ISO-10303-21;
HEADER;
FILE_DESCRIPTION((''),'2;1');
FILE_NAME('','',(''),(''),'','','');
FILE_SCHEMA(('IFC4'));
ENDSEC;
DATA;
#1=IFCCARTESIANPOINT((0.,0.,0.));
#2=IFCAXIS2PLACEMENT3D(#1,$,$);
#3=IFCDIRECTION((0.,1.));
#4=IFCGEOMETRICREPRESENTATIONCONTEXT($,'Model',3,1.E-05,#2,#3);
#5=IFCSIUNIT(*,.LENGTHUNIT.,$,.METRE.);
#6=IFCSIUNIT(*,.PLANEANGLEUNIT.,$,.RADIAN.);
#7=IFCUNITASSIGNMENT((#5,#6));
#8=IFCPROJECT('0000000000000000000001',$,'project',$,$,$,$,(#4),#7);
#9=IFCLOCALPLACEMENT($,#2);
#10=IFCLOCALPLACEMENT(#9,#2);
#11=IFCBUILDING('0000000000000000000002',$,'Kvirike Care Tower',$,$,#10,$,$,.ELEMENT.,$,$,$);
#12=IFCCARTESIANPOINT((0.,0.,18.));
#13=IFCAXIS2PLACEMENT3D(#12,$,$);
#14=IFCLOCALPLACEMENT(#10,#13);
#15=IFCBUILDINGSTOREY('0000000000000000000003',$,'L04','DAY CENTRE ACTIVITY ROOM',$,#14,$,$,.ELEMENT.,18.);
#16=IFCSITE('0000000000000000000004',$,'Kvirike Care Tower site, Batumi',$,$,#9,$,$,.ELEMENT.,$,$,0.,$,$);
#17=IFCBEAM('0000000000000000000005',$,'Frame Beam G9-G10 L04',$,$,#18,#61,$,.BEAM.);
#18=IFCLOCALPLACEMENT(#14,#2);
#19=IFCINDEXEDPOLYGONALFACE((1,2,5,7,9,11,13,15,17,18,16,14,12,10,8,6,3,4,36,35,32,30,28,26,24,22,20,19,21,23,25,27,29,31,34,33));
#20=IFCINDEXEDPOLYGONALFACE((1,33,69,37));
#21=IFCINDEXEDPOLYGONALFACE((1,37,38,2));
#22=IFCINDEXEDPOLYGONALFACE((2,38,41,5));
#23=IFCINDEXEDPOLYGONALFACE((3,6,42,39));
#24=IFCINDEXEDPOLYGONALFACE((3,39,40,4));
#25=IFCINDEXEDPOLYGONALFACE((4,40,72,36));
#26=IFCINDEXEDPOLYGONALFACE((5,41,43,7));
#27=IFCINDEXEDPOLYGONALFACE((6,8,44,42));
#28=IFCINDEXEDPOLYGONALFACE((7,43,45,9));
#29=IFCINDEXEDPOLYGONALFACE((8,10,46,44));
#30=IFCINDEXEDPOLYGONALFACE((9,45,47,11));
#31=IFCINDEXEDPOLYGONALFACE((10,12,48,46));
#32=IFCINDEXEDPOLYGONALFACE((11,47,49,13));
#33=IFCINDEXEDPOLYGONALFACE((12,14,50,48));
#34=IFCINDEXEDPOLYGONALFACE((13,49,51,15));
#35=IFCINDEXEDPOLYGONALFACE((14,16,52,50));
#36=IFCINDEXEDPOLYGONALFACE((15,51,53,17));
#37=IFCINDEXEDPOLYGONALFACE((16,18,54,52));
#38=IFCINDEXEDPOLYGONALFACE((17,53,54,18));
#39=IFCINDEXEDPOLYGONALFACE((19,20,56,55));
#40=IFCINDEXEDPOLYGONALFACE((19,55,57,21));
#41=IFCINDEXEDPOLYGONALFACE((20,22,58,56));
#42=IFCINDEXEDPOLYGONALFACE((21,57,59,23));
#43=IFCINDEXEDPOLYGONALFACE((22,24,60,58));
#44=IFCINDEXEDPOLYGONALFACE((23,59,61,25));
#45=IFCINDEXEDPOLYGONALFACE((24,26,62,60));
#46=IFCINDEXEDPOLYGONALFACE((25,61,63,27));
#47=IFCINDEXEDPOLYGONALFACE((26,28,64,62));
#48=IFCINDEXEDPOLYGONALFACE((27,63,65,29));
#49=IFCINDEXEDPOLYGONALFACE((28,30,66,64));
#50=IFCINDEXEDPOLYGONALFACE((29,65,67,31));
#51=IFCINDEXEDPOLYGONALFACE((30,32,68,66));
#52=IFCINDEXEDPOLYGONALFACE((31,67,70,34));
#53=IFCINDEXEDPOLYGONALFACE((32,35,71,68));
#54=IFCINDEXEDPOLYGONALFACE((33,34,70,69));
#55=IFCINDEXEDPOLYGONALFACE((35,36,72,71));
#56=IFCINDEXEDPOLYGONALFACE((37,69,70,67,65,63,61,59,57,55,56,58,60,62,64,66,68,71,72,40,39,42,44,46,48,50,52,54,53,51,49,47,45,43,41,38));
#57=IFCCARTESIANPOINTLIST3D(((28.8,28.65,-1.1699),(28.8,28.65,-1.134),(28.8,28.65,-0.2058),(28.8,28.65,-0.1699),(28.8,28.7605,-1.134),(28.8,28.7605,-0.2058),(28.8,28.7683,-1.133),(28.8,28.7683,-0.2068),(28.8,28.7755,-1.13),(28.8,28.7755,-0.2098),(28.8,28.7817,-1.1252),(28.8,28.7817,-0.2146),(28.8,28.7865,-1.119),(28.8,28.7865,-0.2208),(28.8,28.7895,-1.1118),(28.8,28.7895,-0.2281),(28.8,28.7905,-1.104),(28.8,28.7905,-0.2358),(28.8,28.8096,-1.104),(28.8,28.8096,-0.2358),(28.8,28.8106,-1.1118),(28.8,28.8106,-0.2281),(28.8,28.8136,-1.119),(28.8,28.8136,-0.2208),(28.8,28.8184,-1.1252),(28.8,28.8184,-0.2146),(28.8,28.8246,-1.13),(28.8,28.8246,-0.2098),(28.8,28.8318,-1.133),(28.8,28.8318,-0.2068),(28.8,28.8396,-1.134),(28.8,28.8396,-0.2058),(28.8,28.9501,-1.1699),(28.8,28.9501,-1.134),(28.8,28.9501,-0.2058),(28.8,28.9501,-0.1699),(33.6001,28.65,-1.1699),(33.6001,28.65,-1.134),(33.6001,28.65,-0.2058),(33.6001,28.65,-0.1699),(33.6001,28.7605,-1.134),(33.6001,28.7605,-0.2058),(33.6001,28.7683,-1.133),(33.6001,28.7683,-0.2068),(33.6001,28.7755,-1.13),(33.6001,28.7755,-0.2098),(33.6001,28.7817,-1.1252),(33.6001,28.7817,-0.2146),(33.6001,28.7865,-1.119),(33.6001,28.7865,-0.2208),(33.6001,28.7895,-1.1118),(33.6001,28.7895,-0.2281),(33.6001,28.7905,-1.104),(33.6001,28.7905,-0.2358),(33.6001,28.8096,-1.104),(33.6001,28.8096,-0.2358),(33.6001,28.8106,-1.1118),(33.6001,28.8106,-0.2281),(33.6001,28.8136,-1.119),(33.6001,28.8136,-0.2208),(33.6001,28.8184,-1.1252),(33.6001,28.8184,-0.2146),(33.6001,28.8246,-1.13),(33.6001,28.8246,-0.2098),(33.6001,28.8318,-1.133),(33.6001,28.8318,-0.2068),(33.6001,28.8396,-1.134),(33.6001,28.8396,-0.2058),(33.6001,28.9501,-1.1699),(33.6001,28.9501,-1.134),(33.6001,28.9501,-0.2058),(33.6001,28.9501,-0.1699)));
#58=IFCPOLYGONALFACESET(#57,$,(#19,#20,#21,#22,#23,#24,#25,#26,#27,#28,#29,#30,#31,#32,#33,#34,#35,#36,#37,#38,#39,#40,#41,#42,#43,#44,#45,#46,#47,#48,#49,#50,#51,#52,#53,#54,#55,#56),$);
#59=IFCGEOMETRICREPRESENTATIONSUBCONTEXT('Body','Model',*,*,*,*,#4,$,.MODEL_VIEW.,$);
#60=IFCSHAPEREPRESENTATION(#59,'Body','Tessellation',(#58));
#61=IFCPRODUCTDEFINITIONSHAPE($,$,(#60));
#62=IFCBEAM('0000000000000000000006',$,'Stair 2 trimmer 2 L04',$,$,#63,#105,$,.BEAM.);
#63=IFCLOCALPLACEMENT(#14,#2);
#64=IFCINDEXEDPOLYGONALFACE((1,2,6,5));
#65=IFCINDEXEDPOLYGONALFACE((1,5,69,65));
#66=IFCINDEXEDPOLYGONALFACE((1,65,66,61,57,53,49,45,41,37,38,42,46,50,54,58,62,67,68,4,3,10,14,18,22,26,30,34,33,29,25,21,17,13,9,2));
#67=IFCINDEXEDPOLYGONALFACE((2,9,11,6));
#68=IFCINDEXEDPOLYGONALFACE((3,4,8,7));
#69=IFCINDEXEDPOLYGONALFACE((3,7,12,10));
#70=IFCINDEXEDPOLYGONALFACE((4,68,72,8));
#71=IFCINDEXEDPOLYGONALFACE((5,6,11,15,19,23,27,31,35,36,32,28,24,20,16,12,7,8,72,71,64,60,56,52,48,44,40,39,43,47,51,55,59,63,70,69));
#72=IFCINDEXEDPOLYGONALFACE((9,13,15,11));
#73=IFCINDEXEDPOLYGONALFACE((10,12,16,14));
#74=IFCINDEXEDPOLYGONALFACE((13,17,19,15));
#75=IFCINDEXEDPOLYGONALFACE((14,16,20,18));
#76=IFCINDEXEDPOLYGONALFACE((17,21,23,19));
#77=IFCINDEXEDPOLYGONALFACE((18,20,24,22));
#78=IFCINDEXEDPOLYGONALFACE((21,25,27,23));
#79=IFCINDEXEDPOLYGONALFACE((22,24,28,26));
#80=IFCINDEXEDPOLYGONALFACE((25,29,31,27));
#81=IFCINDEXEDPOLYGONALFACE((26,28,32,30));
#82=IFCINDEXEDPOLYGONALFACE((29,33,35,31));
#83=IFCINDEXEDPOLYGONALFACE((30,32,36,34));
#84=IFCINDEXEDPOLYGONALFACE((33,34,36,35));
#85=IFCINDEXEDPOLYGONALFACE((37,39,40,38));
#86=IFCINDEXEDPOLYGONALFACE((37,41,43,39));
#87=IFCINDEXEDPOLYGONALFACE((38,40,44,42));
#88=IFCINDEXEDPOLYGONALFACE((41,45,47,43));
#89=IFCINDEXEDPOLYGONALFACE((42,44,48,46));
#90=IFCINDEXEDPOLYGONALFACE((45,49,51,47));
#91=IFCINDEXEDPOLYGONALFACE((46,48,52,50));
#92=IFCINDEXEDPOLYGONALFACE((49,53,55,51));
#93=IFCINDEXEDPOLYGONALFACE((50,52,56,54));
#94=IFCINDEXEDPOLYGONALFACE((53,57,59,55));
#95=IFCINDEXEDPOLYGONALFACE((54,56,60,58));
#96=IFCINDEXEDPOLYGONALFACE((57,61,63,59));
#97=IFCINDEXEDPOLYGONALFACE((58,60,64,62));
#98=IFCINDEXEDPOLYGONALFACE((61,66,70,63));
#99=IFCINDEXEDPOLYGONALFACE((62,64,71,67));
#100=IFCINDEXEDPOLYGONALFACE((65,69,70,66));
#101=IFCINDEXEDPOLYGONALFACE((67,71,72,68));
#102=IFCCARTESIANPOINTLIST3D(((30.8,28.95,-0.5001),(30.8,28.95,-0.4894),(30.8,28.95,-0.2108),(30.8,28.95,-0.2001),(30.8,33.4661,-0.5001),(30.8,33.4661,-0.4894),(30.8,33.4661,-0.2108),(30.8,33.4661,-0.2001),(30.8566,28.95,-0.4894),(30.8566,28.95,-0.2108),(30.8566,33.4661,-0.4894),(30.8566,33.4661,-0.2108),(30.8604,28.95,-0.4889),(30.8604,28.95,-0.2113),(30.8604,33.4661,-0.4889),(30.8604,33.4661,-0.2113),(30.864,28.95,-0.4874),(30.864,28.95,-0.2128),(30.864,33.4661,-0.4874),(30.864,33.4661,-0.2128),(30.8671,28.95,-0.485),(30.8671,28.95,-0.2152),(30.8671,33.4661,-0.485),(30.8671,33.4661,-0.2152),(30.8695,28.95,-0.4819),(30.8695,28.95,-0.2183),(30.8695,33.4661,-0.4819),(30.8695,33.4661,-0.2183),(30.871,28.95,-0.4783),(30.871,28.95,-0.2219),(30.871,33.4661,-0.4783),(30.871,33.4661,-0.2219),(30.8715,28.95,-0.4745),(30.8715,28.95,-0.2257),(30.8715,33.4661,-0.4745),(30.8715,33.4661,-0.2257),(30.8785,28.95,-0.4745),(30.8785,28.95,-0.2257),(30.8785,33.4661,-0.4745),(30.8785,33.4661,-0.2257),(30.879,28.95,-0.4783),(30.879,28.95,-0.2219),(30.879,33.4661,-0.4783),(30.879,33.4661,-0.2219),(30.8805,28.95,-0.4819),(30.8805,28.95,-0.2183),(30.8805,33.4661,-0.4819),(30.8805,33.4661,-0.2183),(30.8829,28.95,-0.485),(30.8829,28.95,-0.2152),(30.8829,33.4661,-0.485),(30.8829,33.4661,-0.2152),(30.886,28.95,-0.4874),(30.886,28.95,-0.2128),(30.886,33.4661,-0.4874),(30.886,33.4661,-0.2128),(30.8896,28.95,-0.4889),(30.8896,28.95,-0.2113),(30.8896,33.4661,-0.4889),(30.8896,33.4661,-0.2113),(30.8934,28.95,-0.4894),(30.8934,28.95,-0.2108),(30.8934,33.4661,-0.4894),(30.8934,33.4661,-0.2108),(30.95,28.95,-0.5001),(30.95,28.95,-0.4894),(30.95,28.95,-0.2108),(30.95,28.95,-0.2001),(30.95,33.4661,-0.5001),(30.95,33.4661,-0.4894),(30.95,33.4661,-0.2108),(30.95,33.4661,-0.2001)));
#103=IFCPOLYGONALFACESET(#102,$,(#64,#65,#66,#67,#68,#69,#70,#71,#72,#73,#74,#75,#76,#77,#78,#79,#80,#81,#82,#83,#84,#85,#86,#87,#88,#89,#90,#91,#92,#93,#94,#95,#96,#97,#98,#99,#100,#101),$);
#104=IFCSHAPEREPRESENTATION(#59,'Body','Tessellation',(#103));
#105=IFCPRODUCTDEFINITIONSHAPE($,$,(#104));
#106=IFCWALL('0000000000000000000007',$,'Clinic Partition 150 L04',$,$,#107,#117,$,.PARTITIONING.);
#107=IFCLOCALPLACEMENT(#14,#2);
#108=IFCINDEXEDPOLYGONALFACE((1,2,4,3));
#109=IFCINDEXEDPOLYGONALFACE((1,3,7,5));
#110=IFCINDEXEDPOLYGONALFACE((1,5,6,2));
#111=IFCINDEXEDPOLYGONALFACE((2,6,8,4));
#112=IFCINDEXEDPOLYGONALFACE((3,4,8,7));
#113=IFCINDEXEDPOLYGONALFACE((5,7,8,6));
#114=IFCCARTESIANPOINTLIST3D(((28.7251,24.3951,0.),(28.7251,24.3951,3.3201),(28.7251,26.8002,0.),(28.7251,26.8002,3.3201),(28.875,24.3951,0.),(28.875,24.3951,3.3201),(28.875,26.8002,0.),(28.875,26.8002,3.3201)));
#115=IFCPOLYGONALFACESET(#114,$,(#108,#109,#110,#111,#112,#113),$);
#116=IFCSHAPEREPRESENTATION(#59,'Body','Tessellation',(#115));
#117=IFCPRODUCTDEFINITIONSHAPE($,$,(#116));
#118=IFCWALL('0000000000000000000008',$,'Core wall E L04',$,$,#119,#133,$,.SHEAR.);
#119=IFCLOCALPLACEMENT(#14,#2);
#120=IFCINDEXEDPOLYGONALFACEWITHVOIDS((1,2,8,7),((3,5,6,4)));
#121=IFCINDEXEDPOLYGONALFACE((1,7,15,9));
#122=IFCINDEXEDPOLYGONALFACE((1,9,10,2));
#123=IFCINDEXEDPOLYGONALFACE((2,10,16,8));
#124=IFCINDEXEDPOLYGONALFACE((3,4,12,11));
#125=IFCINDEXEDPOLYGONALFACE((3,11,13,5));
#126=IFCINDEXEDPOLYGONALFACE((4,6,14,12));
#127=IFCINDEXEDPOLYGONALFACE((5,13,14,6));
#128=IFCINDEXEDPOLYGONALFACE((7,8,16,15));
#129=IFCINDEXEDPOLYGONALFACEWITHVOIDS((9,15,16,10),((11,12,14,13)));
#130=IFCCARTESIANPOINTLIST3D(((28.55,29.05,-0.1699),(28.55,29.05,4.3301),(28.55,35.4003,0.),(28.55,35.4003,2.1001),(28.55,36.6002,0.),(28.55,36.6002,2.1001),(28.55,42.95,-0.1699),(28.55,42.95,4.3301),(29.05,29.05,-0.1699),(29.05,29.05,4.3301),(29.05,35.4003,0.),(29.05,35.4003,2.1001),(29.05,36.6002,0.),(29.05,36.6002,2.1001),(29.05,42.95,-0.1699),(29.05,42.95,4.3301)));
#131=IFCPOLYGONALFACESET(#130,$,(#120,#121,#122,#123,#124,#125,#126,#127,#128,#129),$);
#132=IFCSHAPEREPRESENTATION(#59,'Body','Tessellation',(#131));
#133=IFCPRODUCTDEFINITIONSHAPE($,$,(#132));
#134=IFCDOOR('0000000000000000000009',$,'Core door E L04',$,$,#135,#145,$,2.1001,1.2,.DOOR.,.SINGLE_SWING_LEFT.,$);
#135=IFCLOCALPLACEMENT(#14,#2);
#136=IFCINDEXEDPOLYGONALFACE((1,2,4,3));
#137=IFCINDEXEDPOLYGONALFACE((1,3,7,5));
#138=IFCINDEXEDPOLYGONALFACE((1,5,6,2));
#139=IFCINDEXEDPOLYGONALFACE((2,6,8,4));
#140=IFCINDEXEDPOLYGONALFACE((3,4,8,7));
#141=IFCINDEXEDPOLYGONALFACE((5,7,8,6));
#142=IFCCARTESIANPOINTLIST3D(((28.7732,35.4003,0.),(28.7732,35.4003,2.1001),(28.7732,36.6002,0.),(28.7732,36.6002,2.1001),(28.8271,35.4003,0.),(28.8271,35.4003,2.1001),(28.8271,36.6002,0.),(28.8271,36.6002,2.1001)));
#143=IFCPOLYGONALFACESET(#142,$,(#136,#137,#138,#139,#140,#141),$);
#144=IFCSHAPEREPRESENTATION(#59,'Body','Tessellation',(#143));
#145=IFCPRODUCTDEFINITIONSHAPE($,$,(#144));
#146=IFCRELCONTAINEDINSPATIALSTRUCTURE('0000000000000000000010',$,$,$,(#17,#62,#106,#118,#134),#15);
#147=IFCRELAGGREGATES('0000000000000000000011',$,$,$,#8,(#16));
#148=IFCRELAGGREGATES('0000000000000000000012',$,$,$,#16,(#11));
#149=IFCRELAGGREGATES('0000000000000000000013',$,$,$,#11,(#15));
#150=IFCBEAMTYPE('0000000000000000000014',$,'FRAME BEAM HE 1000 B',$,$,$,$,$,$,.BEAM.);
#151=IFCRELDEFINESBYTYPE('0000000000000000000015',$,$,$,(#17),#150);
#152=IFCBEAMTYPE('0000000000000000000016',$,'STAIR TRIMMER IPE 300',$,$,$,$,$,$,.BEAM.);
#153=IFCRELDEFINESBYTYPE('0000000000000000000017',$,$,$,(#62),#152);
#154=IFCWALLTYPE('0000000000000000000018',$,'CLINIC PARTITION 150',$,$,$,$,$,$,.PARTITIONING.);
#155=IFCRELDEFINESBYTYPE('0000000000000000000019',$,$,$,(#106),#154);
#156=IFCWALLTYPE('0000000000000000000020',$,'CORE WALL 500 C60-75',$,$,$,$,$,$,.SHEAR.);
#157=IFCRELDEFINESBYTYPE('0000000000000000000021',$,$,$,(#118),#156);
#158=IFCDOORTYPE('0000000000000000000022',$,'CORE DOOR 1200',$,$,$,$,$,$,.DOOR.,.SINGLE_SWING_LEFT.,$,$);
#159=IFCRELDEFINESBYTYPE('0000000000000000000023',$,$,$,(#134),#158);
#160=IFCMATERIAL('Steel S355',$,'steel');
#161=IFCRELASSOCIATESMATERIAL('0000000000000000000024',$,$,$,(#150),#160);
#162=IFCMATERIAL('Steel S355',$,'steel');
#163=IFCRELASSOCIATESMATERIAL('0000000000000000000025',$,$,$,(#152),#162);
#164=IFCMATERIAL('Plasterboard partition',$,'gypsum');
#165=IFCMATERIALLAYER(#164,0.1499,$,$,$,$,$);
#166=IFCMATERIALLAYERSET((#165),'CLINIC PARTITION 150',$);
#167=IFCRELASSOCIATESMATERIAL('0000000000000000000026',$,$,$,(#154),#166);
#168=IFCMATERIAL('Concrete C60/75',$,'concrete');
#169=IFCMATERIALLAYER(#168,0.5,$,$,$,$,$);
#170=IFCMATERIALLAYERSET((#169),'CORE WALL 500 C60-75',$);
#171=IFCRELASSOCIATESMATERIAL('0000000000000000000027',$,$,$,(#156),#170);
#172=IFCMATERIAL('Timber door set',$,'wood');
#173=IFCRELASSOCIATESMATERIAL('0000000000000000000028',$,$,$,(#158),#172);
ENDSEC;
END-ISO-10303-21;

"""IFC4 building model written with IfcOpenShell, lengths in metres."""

from ifc_helpers import new_model, si_unit, direction, frame, frame_2d, origin, origin_2d, place, context, subcontext, project, spatial, rectangle, i_section, extrude, material, layer, layer_set, material_profile, profile_set, type_object, element, fill, save


model = new_model("IFC4")

# Units and contexts
model_context = context("Model", 3, precision=1e-05, world=origin(), true_north=direction((0.0, 1.0)))
body_context = subcontext(model_context, "Body", "Model", "MODEL_VIEW")
ifc_project = project(units=[si_unit("LENGTHUNIT", "METRE"), si_unit("PLANEANGLEUNIT", "RADIAN")], contexts=[model_context])

# Site, building, storey
site_placement = place(None, origin())
site = spatial("IfcSite", under=ifc_project, at=site_placement, Name="Kvirike Care Tower site, Batumi", CompositionType="ELEMENT", RefElevation=0.0)
building_placement = place(site_placement, origin())
building = spatial("IfcBuilding", under=site, at=building_placement, Name="Kvirike Care Tower", CompositionType="ELEMENT")
storey_placement = place(building_placement, frame((0.0, 0.0, 18.0)))
storey = spatial("IfcBuildingStorey", under=building, at=storey_placement, Name="L04", Description="DAY CENTRE ACTIVITY ROOM", CompositionType="ELEMENT", Elevation=18.0)

# Beams
ifc_material_1 = material(Name="Steel S355", Category="steel")
ifc_material_profile_1 = material_profile(ifc_material_1, i_section(OverallWidth=0.3, OverallDepth=1.0, WebThickness=0.019, FlangeThickness=0.0359, FilletRadius=0.03, at=origin_2d()), Name="HE 1000 B")
ifc_profile_set_1 = profile_set([ifc_material_profile_1], Name="Steel S355")
beam_type_1 = type_object("IfcBeamType", Name="FRAME BEAM HE 1000 B", PredefinedType="BEAM", material=ifc_profile_set_1)
beam_1_placement = place(storey_placement, frame((28.8, 28.8, -0.6699), z_axis=(1.0, 0.0, 0.0), x_axis=(0.0, 1.0, 0.0)))
element("IfcBeam", 1, at=beam_1_placement, inside=storey, type_object=beam_type_1, Name="Frame Beam G9-G10 L04", PredefinedType="BEAM", context=body_context, shape_type="SweptSolid", body=[
    extrude(i_section(OverallWidth=0.3, OverallDepth=1.0, WebThickness=0.019, FlangeThickness=0.0359, FilletRadius=0.03, at=origin_2d()), origin(), (0.0, 0.0, 1.0), 4.8),
])
ifc_material_2 = material(Name="Steel S355", Category="steel")
ifc_material_profile_2 = material_profile(ifc_material_2, i_section(OverallWidth=0.1499, OverallDepth=0.3, WebThickness=0.0071, FlangeThickness=0.0107, FilletRadius=0.0149, at=origin_2d()), Name="IPE 300")
ifc_profile_set_2 = profile_set([ifc_material_profile_2], Name="Steel S355")
beam_type_2 = type_object("IfcBeamType", Name="STAIR TRIMMER IPE 300", PredefinedType="BEAM", material=ifc_profile_set_2)
beam_2_placement = place(storey_placement, frame((30.875, 28.95, -0.3501), z_axis=(0.0, 1.0, 0.0), x_axis=(-1.0, 0.0, 0.0)))
element("IfcBeam", 2, at=beam_2_placement, inside=storey, type_object=beam_type_2, Name="Stair 2 trimmer 2 L04", PredefinedType="BEAM", context=body_context, shape_type="SweptSolid", body=[
    extrude(i_section(OverallWidth=0.1499, OverallDepth=0.3, WebThickness=0.0071, FlangeThickness=0.0107, FilletRadius=0.0149, at=origin_2d()), origin(), (0.0, 0.0, 1.0), 4.5161),
])

# Wall
ifc_material_3 = material(Name="Plasterboard partition", Category="gypsum")
ifc_layer_1 = layer(ifc_material_3, 0.1499)
ifc_layer_set_1 = layer_set([ifc_layer_1], Name="CLINIC PARTITION 150")
wall_type_1 = type_object("IfcWallType", Name="CLINIC PARTITION 150", PredefinedType="PARTITIONING", material=ifc_layer_set_1)
wall_1_placement = place(storey_placement, frame((28.8, 24.395, 0.0), z_axis=(0.0, 0.0, 1.0), x_axis=(0.0, 1.0, 0.0)))
element("IfcWall", 3, at=wall_1_placement, inside=storey, type_object=wall_type_1, Name="Clinic Partition 150 L04", PredefinedType="PARTITIONING", context=body_context, shape_type="SweptSolid", body=[
    extrude(rectangle(XDim=2.405, YDim=0.1499, at=frame_2d((1.2026, 0.0))), origin(), (0.0, 0.0, 1.0), 3.3201),
])

# Wall, opening, door
ifc_material_4 = material(Name="Concrete C60/75", Category="concrete")
ifc_layer_2 = layer(ifc_material_4, 0.5)
ifc_layer_set_2 = layer_set([ifc_layer_2], Name="CORE WALL 500 C60-75")
wall_type_2 = type_object("IfcWallType", Name="CORE WALL 500 C60-75", PredefinedType="SHEAR", material=ifc_layer_set_2)
wall_2_placement = place(storey_placement, frame((28.8, 29.05, -0.1699), z_axis=(0.0, 0.0, 1.0), x_axis=(0.0, 1.0, 0.0)))
wall_2 = element("IfcWall", 4, at=wall_2_placement, inside=storey, type_object=wall_type_2, Name="Core wall E L04", PredefinedType="SHEAR", context=body_context, shape_type="SweptSolid", body=[
    extrude(rectangle(XDim=13.8999, YDim=0.5, at=frame_2d((6.95, 0.0))), origin(), (0.0, 0.0, 1.0), 4.5),
])
opening_1_placement = place(wall_2_placement, frame((6.3501, 0.0, 0.1699)))
opening_1 = element("IfcOpeningElement", 5, at=opening_1_placement, cuts=wall_2, PredefinedType="OPENING", context=body_context, shape_type="SweptSolid", body=[
    extrude(rectangle(XDim=1.2, YDim=2.1001, at=frame_2d((0.6001, 1.05))), frame((0.0, 0.2605, 0.0), z_axis=(0.0, -1.0, 0.0), x_axis=(1.0, 0.0, 0.0)), (0.0, 0.0, 1.0), 0.521),
])
ifc_material_5 = material(Name="Timber door set", Category="wood")
door_type_1 = type_object("IfcDoorType", Name="CORE DOOR 1200", OperationType="SINGLE_SWING_LEFT", PredefinedType="DOOR", material=ifc_material_5)
door_1_placement = place(opening_1_placement, origin())
door_1 = element("IfcDoor", 6, at=door_1_placement, inside=storey, type_object=door_type_1, Name="Core door E L04", OperationType="SINGLE_SWING_LEFT", OverallHeight=2.1001, OverallWidth=1.2, PredefinedType="DOOR", context=body_context, shape_type="SweptSolid", body=[
    extrude(rectangle(XDim=1.2, YDim=2.1001, at=frame_2d((0.6001, 1.05))), frame((0.0, 0.0269, 0.0), z_axis=(0.0, -1.0, 0.0), x_axis=(1.0, 0.0, 0.0)), (0.0, 0.0, 1.0), 0.054),
])
fill(opening_1, door_1)

save(model, "model.ifc")
